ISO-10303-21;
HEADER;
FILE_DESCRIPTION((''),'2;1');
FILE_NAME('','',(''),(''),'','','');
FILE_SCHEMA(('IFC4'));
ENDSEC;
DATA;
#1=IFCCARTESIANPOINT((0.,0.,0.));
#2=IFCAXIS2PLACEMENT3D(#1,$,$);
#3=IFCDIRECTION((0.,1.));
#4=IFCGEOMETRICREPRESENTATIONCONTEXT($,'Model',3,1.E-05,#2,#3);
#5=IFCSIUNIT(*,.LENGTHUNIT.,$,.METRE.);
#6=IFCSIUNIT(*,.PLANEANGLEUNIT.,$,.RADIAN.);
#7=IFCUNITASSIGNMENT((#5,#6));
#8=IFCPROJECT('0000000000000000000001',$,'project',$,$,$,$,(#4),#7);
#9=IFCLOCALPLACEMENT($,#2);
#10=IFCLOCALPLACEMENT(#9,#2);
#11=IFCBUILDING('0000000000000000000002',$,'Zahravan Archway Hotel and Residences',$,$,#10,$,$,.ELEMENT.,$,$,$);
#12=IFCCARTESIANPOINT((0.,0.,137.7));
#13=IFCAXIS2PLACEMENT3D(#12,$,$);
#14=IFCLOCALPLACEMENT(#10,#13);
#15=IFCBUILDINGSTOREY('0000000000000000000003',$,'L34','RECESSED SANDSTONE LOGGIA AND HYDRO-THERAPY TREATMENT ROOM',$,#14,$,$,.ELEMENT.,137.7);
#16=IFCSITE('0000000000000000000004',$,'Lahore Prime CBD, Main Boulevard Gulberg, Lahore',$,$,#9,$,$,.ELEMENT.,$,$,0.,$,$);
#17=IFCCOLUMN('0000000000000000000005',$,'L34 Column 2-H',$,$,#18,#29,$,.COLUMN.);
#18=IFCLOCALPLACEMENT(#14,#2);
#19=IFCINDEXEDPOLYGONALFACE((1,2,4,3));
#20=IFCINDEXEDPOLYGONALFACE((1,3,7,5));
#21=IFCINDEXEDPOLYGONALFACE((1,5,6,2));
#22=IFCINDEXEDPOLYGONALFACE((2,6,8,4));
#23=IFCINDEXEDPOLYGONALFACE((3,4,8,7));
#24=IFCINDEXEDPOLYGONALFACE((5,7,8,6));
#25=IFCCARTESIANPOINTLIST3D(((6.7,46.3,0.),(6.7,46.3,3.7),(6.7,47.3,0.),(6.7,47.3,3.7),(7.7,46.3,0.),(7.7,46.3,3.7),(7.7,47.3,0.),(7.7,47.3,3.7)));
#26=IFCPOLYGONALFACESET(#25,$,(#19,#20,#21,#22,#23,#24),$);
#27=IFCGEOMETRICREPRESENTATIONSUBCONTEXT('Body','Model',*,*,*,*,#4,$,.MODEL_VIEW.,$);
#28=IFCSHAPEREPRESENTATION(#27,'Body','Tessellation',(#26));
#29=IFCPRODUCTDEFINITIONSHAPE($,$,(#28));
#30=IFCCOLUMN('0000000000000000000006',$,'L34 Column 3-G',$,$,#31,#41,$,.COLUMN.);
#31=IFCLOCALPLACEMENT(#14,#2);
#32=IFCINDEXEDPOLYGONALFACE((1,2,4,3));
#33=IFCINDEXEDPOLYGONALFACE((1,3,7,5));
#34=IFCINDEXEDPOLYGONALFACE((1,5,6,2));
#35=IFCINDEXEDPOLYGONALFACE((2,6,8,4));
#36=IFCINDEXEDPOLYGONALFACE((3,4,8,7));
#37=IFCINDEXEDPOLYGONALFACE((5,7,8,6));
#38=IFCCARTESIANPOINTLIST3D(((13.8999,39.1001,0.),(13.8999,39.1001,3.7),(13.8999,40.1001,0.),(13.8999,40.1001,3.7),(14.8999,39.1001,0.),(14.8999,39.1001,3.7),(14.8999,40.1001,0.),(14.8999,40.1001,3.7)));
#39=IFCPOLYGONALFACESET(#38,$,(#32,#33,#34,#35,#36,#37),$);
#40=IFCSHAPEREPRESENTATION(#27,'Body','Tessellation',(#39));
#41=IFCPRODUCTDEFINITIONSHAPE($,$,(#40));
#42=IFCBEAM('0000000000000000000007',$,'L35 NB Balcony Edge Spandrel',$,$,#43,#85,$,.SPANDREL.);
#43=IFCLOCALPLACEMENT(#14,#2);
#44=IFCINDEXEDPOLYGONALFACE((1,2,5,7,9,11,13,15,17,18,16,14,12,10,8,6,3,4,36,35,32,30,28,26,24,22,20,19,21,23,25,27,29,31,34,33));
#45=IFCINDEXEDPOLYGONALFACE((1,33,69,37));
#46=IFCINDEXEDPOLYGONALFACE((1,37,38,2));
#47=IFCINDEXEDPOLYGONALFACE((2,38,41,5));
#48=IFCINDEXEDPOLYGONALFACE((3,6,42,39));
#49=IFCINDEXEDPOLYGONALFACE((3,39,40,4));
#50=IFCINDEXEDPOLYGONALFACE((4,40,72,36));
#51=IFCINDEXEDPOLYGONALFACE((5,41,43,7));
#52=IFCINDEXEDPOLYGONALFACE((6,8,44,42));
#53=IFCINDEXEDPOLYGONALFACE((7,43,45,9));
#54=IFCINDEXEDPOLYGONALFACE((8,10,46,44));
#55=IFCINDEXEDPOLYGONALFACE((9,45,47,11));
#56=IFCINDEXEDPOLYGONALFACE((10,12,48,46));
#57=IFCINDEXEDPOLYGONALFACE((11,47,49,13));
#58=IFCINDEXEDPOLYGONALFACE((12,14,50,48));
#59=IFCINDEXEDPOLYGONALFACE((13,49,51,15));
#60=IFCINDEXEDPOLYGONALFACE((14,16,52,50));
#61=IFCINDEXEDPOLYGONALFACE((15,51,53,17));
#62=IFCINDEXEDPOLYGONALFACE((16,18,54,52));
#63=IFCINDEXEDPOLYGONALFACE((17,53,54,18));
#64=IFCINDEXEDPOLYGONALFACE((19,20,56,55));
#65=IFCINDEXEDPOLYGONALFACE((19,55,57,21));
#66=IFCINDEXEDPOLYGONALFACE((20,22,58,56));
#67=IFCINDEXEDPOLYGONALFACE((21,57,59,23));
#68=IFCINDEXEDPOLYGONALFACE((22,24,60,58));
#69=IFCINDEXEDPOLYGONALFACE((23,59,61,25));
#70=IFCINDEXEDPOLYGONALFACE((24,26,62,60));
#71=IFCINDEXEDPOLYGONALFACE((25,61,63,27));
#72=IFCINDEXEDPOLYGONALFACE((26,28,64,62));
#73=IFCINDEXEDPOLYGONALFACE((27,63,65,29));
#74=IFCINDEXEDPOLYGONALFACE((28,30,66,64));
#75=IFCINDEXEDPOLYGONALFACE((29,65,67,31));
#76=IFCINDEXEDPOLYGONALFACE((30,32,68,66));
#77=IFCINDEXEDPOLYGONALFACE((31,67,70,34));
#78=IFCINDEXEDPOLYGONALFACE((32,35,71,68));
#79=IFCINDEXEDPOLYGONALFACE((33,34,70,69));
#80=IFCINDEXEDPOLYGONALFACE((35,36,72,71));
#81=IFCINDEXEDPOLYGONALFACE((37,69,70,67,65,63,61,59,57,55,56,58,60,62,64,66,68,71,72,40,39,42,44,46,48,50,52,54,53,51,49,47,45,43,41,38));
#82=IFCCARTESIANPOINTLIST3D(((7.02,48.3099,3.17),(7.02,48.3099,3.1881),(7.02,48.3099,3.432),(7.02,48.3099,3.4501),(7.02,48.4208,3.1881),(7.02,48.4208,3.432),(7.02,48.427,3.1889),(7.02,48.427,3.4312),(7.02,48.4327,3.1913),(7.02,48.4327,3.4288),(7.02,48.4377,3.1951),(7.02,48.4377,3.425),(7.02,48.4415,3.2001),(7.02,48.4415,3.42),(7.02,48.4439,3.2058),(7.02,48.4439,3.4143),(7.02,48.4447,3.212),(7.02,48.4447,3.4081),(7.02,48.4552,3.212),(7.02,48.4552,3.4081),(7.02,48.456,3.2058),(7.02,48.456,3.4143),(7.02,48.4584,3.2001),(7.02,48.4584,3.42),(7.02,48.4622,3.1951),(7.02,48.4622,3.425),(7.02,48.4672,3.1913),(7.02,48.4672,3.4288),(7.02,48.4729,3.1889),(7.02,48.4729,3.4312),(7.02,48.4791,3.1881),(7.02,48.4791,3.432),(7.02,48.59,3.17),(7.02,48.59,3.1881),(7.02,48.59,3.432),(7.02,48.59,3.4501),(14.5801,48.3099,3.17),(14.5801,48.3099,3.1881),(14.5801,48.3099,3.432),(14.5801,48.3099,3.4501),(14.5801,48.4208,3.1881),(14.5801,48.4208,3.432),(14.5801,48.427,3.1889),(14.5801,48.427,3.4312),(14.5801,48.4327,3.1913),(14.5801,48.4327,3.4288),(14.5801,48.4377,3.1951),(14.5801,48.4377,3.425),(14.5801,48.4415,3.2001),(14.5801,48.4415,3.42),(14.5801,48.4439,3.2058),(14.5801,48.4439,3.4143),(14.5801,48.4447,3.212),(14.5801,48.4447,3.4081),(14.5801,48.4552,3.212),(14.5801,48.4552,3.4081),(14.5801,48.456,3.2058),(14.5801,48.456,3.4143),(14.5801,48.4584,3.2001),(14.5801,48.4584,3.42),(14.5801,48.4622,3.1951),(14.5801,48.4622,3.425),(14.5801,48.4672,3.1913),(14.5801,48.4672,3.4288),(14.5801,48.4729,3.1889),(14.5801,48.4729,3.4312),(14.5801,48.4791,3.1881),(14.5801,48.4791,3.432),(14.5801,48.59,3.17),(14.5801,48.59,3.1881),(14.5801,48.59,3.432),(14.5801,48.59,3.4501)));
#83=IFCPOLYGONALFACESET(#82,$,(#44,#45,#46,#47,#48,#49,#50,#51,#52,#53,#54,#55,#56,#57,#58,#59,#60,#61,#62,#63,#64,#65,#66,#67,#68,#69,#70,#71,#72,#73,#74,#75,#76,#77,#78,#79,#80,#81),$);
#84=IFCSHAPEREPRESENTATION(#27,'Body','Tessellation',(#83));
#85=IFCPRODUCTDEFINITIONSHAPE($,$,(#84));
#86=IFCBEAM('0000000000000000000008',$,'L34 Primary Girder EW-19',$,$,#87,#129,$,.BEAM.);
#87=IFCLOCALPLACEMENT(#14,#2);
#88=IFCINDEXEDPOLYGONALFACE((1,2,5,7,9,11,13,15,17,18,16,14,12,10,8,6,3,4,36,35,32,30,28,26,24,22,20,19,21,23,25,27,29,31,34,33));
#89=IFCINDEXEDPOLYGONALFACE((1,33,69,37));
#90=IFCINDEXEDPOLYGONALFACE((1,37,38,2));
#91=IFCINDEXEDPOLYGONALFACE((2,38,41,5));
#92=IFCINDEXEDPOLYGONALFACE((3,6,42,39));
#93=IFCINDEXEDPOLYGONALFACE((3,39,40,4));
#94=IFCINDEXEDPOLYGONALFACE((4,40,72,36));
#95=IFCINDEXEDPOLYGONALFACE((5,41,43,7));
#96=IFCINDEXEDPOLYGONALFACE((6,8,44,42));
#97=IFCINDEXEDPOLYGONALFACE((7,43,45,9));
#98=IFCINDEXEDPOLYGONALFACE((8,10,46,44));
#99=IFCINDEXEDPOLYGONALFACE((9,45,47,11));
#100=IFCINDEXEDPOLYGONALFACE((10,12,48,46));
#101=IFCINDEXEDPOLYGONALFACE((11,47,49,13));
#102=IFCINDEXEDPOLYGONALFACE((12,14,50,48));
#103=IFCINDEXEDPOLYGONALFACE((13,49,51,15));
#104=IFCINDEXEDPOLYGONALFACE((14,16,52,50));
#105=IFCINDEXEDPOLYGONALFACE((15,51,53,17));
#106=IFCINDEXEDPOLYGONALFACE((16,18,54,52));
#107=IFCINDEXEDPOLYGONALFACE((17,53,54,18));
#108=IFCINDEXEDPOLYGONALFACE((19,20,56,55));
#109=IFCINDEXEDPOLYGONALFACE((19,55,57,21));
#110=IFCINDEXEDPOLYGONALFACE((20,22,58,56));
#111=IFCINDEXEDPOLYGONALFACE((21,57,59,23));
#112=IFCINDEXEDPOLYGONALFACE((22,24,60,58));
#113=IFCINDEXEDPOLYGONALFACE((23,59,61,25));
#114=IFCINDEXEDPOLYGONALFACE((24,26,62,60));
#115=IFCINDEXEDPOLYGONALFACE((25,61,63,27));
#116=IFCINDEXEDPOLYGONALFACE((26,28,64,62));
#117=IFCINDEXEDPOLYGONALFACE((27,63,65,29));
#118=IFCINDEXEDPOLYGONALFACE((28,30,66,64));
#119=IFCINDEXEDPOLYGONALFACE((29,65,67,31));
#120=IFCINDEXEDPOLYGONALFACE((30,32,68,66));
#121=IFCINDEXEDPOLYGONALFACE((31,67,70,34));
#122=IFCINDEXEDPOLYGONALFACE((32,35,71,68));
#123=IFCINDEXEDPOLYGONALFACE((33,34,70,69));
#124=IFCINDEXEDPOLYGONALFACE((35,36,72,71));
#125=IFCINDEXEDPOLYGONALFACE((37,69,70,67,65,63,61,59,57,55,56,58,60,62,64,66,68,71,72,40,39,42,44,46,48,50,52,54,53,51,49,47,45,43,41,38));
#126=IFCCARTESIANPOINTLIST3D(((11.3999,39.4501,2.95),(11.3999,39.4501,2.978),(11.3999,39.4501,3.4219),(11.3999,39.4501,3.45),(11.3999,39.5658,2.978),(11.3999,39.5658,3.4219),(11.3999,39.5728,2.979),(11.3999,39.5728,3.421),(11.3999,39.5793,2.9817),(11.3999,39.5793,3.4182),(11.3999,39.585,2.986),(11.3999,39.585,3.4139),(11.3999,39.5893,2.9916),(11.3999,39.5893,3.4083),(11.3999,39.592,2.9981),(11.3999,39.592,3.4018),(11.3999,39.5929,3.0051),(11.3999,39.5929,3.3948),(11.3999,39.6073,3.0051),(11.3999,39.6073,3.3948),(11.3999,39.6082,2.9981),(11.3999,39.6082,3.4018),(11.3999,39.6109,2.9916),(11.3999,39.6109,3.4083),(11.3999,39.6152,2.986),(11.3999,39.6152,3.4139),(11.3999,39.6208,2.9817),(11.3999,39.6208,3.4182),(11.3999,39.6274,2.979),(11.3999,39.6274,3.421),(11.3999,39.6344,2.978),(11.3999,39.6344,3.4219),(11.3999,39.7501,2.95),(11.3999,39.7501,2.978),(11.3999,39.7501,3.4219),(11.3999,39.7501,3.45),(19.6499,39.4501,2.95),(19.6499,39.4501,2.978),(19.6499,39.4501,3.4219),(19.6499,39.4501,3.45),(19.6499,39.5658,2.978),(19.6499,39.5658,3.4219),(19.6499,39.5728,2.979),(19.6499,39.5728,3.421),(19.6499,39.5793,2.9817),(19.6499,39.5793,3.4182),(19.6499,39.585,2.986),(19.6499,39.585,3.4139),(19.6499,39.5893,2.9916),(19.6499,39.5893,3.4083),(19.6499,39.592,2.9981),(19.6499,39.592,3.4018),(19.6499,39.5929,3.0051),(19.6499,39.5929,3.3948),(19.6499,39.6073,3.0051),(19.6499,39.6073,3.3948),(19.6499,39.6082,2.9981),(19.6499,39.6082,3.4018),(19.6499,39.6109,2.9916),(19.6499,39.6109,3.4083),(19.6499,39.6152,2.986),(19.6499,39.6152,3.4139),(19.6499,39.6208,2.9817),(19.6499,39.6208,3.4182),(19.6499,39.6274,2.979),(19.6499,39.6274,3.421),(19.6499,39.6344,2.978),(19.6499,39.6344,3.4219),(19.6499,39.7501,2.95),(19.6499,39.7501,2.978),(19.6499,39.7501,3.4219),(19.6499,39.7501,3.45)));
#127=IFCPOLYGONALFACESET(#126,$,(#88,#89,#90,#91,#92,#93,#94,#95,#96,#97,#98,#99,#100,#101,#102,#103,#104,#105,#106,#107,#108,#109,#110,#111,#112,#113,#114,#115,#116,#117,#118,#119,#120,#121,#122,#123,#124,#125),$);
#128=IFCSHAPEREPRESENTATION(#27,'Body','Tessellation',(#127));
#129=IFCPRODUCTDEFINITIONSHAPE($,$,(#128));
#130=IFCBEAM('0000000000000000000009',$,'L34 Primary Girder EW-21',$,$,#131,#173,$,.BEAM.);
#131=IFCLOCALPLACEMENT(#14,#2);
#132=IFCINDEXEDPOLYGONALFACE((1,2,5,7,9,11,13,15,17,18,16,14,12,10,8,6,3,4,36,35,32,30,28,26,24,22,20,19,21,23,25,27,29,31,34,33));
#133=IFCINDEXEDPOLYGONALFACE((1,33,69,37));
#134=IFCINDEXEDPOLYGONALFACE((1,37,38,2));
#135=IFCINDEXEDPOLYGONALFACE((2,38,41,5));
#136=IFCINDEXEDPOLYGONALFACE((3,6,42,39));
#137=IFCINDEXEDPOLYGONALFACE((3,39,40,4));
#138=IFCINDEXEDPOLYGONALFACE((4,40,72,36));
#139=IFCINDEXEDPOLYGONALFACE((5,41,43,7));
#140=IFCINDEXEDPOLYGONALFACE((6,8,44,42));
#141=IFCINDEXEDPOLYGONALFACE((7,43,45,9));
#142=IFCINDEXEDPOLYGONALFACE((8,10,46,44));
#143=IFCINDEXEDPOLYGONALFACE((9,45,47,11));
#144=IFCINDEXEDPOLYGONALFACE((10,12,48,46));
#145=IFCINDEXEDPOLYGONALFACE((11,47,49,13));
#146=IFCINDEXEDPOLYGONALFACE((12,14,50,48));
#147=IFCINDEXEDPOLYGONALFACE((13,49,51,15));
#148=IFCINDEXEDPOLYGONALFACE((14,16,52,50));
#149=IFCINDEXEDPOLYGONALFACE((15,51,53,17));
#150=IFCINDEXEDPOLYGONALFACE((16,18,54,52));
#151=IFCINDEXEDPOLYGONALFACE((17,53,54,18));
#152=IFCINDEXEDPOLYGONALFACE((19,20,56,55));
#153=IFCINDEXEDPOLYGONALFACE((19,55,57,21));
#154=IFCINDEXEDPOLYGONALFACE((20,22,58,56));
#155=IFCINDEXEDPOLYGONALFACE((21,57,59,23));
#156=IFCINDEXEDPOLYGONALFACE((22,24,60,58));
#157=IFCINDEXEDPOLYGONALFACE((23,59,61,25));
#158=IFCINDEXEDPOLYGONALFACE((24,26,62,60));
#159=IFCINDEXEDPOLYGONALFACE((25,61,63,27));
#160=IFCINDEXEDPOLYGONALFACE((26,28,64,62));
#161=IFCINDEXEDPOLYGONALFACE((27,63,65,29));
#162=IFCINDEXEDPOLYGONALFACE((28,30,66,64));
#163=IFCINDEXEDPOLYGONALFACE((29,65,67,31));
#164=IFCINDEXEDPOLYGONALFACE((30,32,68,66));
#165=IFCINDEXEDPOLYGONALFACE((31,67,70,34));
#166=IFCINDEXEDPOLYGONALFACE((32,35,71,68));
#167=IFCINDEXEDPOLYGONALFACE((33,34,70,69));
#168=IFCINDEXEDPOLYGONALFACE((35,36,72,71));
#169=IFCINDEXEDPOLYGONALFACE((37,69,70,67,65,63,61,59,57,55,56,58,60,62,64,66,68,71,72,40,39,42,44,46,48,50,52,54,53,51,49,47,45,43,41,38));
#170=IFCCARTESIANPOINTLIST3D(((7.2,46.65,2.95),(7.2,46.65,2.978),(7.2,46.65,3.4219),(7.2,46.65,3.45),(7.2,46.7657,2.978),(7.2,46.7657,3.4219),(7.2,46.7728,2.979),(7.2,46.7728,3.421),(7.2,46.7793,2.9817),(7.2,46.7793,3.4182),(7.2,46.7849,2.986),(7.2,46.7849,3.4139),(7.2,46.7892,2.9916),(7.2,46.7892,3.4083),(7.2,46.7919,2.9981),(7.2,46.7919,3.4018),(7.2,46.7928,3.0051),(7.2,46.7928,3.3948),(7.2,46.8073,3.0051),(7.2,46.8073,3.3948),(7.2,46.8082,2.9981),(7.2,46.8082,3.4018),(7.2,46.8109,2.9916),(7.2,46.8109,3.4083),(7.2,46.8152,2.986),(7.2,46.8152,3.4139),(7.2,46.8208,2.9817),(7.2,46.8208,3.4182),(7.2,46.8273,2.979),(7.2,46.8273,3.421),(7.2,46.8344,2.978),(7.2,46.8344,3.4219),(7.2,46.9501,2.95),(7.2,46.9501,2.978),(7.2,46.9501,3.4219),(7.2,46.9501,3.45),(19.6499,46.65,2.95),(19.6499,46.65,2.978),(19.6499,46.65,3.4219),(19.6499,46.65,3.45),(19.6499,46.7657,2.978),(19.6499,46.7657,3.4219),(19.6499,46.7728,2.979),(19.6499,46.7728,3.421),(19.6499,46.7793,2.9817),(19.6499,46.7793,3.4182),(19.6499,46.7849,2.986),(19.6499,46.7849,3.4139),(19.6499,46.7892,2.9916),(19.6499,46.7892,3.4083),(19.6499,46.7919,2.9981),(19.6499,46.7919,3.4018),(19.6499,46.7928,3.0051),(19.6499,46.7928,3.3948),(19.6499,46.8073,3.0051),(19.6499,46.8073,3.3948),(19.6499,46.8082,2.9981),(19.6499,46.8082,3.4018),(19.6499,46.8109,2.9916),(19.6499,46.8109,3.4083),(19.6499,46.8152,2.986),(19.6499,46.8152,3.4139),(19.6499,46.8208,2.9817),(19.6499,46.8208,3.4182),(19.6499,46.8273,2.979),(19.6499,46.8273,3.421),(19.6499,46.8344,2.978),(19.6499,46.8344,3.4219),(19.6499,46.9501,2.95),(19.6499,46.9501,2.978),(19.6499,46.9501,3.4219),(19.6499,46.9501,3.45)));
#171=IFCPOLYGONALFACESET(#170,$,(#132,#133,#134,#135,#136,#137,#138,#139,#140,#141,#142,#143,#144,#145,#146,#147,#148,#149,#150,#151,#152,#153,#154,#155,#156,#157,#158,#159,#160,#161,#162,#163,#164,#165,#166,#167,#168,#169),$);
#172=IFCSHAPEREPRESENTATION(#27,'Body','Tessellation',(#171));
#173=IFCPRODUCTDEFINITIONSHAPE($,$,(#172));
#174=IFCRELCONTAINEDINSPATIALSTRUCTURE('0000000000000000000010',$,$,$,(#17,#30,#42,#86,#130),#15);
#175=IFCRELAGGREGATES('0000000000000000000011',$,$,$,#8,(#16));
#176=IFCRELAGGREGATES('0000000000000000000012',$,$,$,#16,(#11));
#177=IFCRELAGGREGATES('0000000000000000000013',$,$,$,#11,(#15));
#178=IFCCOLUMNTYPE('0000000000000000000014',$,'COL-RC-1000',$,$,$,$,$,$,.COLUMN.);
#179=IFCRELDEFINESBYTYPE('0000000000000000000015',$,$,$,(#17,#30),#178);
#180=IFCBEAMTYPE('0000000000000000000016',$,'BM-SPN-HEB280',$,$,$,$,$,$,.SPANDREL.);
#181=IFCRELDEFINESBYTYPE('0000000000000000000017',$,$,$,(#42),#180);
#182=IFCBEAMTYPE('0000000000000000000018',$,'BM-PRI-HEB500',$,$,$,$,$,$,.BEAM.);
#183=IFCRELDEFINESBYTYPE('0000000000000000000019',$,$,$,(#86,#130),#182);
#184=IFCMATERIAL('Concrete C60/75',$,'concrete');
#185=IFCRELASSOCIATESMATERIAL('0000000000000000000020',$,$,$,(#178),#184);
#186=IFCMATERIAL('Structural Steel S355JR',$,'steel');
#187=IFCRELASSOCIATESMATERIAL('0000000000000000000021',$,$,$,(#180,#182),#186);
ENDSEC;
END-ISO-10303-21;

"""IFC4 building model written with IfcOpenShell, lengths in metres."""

from ifc_helpers import new_model, si_unit, direction, frame, origin, origin_2d, place, context, subcontext, project, spatial, rectangle, i_section, extrude, source, transform, mapped, material, material_profile, profile_set, type_object, type_shapes, element, save


model = new_model("IFC4")

# Units and contexts
model_context = context("Model", 3, precision=1e-05, world=origin(), true_north=direction((0.0, 1.0)))
body_context = subcontext(model_context, "Body", "Model", "MODEL_VIEW")
ifc_project = project(units=[si_unit("LENGTHUNIT", "METRE"), si_unit("PLANEANGLEUNIT", "RADIAN")], contexts=[model_context])

# Site, building, storey
site_placement = place(None, origin())
site = spatial("IfcSite", under=ifc_project, at=site_placement, Name="Lahore Prime CBD, Main Boulevard Gulberg, Lahore", CompositionType="ELEMENT", RefElevation=0.0)
building_placement = place(site_placement, origin())
building = spatial("IfcBuilding", under=site, at=building_placement, Name="Zahravan Archway Hotel and Residences", CompositionType="ELEMENT")
storey_placement = place(building_placement, frame((0.0, 0.0, 137.7)))
storey = spatial("IfcBuildingStorey", under=building, at=storey_placement, Name="L34", Description="RECESSED SANDSTONE LOGGIA AND HYDRO-THERAPY TREATMENT ROOM", CompositionType="ELEMENT", Elevation=137.7)

# Columns
ifc_material_1 = material(Name="Concrete C60/75", Category="concrete")
ifc_material_profile_1 = material_profile(ifc_material_1, rectangle(XDim=1.0, YDim=1.0, at=origin_2d()), Name="RC-COL-1000x1000", Category="concrete")
ifc_profile_set_1 = profile_set([ifc_material_profile_1], Name="Concrete C60/75")
column_type = type_object("IfcColumnType", Name="COL-RC-1000", PredefinedType="COLUMN", material=ifc_profile_set_1)
shared_shape_1 = source(origin(), body_context, "Body", "SweptSolid", [
    extrude(rectangle(XDim=1.0, YDim=1.0, at=origin_2d()), origin(), (0.0, 0.0, 1.0), 3.7),
])
type_shapes(column_type, [shared_shape_1])
for number, where, z_axis, x_axis, name in (
    (1, (7.2, 46.8, 0.0), (0.0, 0.0, 1.0), (1.0, 0.0, 0.0), "L34 Column 2-H"),
    (2, (14.3999, 39.6001, 0.0), (0.0, 0.0, 1.0), (1.0, 0.0, 0.0), "L34 Column 3-G"),
):
    element("IfcColumn", number, at=place(storey_placement, frame(where, z_axis=z_axis, x_axis=x_axis)), inside=storey, type_object=column_type, Name=name, PredefinedType="COLUMN", context=body_context, shape_type="MappedRepresentation", body=[
        mapped(shared_shape_1, transform((0.0, 0.0, 0.0), scale=1.0)),
    ])

# Beams
ifc_material_2 = material(Name="Structural Steel S355JR", Category="steel")
ifc_material_profile_2 = material_profile(ifc_material_2, i_section(OverallWidth=0.28, OverallDepth=0.28, WebThickness=0.0105, FlangeThickness=0.0181, FilletRadius=0.0239, at=origin_2d()), Name="HEB 280", Category="steel")
ifc_profile_set_2 = profile_set([ifc_material_profile_2], Name="Structural Steel S355JR")
beam_type_1 = type_object("IfcBeamType", Name="BM-SPN-HEB280", PredefinedType="SPANDREL", material=ifc_profile_set_2)
shared_shape_2 = source(origin(), body_context, "Body", "SweptSolid", [
    extrude(i_section(OverallWidth=0.28, OverallDepth=0.28, WebThickness=0.0105, FlangeThickness=0.0181, FilletRadius=0.0239, at=origin_2d()), origin(), (0.0, 0.0, 1.0), 7.5601),
])
type_shapes(beam_type_1, [shared_shape_2])
beam_1_placement = place(storey_placement, frame((7.02, 48.45, 3.3101), z_axis=(1.0, 0.0, 0.0), x_axis=(0.0, 1.0, 0.0)))
element("IfcBeam", 3, at=beam_1_placement, inside=storey, type_object=beam_type_1, Name="L35 NB Balcony Edge Spandrel", PredefinedType="SPANDREL", context=body_context, shape_type="MappedRepresentation", body=[
    mapped(shared_shape_2, transform((0.0, 0.0, 0.0), scale=1.0)),
])
ifc_material_profile_3 = material_profile(ifc_material_2, i_section(OverallWidth=0.3, OverallDepth=0.5, WebThickness=0.0144, FlangeThickness=0.0281, FilletRadius=0.0271, at=origin_2d()), Name="HEB 500", Category="steel")
ifc_profile_set_3 = profile_set([ifc_material_profile_3], Name="Structural Steel S355JR")
beam_type_2 = type_object("IfcBeamType", Name="BM-PRI-HEB500", PredefinedType="BEAM", material=ifc_profile_set_3)
shared_shape_3 = source(origin(), body_context, "Body", "SweptSolid", [
    extrude(i_section(OverallWidth=0.3, OverallDepth=0.5, WebThickness=0.0144, FlangeThickness=0.0281, FilletRadius=0.0271, at=origin_2d()), origin(), (0.0, 0.0, 1.0), 8.25),
])
beam_2_placement = place(storey_placement, frame((11.3999, 39.6001, 3.2), z_axis=(1.0, 0.0, 0.0), x_axis=(0.0, 1.0, 0.0)))
element("IfcBeam", 4, at=beam_2_placement, inside=storey, type_object=beam_type_2, Name="L34 Primary Girder EW-19", PredefinedType="BEAM", context=body_context, shape_type="MappedRepresentation", body=[
    mapped(shared_shape_3, transform((0.0, 0.0, 0.0), scale=1.0)),
])
shared_shape_4 = source(origin(), body_context, "Body", "SweptSolid", [
    extrude(i_section(OverallWidth=0.3, OverallDepth=0.5, WebThickness=0.0144, FlangeThickness=0.0281, FilletRadius=0.0271, at=origin_2d()), origin(), (0.0, 0.0, 1.0), 12.45),
])
beam_3_placement = place(storey_placement, frame((7.2, 46.8, 3.2), z_axis=(1.0, 0.0, 0.0), x_axis=(0.0, 1.0, 0.0)))
element("IfcBeam", 5, at=beam_3_placement, inside=storey, type_object=beam_type_2, Name="L34 Primary Girder EW-21", PredefinedType="BEAM", context=body_context, shape_type="MappedRepresentation", body=[
    mapped(shared_shape_4, transform((0.0, 0.0, 0.0), scale=1.0)),
])

save(model, "model.ifc")
